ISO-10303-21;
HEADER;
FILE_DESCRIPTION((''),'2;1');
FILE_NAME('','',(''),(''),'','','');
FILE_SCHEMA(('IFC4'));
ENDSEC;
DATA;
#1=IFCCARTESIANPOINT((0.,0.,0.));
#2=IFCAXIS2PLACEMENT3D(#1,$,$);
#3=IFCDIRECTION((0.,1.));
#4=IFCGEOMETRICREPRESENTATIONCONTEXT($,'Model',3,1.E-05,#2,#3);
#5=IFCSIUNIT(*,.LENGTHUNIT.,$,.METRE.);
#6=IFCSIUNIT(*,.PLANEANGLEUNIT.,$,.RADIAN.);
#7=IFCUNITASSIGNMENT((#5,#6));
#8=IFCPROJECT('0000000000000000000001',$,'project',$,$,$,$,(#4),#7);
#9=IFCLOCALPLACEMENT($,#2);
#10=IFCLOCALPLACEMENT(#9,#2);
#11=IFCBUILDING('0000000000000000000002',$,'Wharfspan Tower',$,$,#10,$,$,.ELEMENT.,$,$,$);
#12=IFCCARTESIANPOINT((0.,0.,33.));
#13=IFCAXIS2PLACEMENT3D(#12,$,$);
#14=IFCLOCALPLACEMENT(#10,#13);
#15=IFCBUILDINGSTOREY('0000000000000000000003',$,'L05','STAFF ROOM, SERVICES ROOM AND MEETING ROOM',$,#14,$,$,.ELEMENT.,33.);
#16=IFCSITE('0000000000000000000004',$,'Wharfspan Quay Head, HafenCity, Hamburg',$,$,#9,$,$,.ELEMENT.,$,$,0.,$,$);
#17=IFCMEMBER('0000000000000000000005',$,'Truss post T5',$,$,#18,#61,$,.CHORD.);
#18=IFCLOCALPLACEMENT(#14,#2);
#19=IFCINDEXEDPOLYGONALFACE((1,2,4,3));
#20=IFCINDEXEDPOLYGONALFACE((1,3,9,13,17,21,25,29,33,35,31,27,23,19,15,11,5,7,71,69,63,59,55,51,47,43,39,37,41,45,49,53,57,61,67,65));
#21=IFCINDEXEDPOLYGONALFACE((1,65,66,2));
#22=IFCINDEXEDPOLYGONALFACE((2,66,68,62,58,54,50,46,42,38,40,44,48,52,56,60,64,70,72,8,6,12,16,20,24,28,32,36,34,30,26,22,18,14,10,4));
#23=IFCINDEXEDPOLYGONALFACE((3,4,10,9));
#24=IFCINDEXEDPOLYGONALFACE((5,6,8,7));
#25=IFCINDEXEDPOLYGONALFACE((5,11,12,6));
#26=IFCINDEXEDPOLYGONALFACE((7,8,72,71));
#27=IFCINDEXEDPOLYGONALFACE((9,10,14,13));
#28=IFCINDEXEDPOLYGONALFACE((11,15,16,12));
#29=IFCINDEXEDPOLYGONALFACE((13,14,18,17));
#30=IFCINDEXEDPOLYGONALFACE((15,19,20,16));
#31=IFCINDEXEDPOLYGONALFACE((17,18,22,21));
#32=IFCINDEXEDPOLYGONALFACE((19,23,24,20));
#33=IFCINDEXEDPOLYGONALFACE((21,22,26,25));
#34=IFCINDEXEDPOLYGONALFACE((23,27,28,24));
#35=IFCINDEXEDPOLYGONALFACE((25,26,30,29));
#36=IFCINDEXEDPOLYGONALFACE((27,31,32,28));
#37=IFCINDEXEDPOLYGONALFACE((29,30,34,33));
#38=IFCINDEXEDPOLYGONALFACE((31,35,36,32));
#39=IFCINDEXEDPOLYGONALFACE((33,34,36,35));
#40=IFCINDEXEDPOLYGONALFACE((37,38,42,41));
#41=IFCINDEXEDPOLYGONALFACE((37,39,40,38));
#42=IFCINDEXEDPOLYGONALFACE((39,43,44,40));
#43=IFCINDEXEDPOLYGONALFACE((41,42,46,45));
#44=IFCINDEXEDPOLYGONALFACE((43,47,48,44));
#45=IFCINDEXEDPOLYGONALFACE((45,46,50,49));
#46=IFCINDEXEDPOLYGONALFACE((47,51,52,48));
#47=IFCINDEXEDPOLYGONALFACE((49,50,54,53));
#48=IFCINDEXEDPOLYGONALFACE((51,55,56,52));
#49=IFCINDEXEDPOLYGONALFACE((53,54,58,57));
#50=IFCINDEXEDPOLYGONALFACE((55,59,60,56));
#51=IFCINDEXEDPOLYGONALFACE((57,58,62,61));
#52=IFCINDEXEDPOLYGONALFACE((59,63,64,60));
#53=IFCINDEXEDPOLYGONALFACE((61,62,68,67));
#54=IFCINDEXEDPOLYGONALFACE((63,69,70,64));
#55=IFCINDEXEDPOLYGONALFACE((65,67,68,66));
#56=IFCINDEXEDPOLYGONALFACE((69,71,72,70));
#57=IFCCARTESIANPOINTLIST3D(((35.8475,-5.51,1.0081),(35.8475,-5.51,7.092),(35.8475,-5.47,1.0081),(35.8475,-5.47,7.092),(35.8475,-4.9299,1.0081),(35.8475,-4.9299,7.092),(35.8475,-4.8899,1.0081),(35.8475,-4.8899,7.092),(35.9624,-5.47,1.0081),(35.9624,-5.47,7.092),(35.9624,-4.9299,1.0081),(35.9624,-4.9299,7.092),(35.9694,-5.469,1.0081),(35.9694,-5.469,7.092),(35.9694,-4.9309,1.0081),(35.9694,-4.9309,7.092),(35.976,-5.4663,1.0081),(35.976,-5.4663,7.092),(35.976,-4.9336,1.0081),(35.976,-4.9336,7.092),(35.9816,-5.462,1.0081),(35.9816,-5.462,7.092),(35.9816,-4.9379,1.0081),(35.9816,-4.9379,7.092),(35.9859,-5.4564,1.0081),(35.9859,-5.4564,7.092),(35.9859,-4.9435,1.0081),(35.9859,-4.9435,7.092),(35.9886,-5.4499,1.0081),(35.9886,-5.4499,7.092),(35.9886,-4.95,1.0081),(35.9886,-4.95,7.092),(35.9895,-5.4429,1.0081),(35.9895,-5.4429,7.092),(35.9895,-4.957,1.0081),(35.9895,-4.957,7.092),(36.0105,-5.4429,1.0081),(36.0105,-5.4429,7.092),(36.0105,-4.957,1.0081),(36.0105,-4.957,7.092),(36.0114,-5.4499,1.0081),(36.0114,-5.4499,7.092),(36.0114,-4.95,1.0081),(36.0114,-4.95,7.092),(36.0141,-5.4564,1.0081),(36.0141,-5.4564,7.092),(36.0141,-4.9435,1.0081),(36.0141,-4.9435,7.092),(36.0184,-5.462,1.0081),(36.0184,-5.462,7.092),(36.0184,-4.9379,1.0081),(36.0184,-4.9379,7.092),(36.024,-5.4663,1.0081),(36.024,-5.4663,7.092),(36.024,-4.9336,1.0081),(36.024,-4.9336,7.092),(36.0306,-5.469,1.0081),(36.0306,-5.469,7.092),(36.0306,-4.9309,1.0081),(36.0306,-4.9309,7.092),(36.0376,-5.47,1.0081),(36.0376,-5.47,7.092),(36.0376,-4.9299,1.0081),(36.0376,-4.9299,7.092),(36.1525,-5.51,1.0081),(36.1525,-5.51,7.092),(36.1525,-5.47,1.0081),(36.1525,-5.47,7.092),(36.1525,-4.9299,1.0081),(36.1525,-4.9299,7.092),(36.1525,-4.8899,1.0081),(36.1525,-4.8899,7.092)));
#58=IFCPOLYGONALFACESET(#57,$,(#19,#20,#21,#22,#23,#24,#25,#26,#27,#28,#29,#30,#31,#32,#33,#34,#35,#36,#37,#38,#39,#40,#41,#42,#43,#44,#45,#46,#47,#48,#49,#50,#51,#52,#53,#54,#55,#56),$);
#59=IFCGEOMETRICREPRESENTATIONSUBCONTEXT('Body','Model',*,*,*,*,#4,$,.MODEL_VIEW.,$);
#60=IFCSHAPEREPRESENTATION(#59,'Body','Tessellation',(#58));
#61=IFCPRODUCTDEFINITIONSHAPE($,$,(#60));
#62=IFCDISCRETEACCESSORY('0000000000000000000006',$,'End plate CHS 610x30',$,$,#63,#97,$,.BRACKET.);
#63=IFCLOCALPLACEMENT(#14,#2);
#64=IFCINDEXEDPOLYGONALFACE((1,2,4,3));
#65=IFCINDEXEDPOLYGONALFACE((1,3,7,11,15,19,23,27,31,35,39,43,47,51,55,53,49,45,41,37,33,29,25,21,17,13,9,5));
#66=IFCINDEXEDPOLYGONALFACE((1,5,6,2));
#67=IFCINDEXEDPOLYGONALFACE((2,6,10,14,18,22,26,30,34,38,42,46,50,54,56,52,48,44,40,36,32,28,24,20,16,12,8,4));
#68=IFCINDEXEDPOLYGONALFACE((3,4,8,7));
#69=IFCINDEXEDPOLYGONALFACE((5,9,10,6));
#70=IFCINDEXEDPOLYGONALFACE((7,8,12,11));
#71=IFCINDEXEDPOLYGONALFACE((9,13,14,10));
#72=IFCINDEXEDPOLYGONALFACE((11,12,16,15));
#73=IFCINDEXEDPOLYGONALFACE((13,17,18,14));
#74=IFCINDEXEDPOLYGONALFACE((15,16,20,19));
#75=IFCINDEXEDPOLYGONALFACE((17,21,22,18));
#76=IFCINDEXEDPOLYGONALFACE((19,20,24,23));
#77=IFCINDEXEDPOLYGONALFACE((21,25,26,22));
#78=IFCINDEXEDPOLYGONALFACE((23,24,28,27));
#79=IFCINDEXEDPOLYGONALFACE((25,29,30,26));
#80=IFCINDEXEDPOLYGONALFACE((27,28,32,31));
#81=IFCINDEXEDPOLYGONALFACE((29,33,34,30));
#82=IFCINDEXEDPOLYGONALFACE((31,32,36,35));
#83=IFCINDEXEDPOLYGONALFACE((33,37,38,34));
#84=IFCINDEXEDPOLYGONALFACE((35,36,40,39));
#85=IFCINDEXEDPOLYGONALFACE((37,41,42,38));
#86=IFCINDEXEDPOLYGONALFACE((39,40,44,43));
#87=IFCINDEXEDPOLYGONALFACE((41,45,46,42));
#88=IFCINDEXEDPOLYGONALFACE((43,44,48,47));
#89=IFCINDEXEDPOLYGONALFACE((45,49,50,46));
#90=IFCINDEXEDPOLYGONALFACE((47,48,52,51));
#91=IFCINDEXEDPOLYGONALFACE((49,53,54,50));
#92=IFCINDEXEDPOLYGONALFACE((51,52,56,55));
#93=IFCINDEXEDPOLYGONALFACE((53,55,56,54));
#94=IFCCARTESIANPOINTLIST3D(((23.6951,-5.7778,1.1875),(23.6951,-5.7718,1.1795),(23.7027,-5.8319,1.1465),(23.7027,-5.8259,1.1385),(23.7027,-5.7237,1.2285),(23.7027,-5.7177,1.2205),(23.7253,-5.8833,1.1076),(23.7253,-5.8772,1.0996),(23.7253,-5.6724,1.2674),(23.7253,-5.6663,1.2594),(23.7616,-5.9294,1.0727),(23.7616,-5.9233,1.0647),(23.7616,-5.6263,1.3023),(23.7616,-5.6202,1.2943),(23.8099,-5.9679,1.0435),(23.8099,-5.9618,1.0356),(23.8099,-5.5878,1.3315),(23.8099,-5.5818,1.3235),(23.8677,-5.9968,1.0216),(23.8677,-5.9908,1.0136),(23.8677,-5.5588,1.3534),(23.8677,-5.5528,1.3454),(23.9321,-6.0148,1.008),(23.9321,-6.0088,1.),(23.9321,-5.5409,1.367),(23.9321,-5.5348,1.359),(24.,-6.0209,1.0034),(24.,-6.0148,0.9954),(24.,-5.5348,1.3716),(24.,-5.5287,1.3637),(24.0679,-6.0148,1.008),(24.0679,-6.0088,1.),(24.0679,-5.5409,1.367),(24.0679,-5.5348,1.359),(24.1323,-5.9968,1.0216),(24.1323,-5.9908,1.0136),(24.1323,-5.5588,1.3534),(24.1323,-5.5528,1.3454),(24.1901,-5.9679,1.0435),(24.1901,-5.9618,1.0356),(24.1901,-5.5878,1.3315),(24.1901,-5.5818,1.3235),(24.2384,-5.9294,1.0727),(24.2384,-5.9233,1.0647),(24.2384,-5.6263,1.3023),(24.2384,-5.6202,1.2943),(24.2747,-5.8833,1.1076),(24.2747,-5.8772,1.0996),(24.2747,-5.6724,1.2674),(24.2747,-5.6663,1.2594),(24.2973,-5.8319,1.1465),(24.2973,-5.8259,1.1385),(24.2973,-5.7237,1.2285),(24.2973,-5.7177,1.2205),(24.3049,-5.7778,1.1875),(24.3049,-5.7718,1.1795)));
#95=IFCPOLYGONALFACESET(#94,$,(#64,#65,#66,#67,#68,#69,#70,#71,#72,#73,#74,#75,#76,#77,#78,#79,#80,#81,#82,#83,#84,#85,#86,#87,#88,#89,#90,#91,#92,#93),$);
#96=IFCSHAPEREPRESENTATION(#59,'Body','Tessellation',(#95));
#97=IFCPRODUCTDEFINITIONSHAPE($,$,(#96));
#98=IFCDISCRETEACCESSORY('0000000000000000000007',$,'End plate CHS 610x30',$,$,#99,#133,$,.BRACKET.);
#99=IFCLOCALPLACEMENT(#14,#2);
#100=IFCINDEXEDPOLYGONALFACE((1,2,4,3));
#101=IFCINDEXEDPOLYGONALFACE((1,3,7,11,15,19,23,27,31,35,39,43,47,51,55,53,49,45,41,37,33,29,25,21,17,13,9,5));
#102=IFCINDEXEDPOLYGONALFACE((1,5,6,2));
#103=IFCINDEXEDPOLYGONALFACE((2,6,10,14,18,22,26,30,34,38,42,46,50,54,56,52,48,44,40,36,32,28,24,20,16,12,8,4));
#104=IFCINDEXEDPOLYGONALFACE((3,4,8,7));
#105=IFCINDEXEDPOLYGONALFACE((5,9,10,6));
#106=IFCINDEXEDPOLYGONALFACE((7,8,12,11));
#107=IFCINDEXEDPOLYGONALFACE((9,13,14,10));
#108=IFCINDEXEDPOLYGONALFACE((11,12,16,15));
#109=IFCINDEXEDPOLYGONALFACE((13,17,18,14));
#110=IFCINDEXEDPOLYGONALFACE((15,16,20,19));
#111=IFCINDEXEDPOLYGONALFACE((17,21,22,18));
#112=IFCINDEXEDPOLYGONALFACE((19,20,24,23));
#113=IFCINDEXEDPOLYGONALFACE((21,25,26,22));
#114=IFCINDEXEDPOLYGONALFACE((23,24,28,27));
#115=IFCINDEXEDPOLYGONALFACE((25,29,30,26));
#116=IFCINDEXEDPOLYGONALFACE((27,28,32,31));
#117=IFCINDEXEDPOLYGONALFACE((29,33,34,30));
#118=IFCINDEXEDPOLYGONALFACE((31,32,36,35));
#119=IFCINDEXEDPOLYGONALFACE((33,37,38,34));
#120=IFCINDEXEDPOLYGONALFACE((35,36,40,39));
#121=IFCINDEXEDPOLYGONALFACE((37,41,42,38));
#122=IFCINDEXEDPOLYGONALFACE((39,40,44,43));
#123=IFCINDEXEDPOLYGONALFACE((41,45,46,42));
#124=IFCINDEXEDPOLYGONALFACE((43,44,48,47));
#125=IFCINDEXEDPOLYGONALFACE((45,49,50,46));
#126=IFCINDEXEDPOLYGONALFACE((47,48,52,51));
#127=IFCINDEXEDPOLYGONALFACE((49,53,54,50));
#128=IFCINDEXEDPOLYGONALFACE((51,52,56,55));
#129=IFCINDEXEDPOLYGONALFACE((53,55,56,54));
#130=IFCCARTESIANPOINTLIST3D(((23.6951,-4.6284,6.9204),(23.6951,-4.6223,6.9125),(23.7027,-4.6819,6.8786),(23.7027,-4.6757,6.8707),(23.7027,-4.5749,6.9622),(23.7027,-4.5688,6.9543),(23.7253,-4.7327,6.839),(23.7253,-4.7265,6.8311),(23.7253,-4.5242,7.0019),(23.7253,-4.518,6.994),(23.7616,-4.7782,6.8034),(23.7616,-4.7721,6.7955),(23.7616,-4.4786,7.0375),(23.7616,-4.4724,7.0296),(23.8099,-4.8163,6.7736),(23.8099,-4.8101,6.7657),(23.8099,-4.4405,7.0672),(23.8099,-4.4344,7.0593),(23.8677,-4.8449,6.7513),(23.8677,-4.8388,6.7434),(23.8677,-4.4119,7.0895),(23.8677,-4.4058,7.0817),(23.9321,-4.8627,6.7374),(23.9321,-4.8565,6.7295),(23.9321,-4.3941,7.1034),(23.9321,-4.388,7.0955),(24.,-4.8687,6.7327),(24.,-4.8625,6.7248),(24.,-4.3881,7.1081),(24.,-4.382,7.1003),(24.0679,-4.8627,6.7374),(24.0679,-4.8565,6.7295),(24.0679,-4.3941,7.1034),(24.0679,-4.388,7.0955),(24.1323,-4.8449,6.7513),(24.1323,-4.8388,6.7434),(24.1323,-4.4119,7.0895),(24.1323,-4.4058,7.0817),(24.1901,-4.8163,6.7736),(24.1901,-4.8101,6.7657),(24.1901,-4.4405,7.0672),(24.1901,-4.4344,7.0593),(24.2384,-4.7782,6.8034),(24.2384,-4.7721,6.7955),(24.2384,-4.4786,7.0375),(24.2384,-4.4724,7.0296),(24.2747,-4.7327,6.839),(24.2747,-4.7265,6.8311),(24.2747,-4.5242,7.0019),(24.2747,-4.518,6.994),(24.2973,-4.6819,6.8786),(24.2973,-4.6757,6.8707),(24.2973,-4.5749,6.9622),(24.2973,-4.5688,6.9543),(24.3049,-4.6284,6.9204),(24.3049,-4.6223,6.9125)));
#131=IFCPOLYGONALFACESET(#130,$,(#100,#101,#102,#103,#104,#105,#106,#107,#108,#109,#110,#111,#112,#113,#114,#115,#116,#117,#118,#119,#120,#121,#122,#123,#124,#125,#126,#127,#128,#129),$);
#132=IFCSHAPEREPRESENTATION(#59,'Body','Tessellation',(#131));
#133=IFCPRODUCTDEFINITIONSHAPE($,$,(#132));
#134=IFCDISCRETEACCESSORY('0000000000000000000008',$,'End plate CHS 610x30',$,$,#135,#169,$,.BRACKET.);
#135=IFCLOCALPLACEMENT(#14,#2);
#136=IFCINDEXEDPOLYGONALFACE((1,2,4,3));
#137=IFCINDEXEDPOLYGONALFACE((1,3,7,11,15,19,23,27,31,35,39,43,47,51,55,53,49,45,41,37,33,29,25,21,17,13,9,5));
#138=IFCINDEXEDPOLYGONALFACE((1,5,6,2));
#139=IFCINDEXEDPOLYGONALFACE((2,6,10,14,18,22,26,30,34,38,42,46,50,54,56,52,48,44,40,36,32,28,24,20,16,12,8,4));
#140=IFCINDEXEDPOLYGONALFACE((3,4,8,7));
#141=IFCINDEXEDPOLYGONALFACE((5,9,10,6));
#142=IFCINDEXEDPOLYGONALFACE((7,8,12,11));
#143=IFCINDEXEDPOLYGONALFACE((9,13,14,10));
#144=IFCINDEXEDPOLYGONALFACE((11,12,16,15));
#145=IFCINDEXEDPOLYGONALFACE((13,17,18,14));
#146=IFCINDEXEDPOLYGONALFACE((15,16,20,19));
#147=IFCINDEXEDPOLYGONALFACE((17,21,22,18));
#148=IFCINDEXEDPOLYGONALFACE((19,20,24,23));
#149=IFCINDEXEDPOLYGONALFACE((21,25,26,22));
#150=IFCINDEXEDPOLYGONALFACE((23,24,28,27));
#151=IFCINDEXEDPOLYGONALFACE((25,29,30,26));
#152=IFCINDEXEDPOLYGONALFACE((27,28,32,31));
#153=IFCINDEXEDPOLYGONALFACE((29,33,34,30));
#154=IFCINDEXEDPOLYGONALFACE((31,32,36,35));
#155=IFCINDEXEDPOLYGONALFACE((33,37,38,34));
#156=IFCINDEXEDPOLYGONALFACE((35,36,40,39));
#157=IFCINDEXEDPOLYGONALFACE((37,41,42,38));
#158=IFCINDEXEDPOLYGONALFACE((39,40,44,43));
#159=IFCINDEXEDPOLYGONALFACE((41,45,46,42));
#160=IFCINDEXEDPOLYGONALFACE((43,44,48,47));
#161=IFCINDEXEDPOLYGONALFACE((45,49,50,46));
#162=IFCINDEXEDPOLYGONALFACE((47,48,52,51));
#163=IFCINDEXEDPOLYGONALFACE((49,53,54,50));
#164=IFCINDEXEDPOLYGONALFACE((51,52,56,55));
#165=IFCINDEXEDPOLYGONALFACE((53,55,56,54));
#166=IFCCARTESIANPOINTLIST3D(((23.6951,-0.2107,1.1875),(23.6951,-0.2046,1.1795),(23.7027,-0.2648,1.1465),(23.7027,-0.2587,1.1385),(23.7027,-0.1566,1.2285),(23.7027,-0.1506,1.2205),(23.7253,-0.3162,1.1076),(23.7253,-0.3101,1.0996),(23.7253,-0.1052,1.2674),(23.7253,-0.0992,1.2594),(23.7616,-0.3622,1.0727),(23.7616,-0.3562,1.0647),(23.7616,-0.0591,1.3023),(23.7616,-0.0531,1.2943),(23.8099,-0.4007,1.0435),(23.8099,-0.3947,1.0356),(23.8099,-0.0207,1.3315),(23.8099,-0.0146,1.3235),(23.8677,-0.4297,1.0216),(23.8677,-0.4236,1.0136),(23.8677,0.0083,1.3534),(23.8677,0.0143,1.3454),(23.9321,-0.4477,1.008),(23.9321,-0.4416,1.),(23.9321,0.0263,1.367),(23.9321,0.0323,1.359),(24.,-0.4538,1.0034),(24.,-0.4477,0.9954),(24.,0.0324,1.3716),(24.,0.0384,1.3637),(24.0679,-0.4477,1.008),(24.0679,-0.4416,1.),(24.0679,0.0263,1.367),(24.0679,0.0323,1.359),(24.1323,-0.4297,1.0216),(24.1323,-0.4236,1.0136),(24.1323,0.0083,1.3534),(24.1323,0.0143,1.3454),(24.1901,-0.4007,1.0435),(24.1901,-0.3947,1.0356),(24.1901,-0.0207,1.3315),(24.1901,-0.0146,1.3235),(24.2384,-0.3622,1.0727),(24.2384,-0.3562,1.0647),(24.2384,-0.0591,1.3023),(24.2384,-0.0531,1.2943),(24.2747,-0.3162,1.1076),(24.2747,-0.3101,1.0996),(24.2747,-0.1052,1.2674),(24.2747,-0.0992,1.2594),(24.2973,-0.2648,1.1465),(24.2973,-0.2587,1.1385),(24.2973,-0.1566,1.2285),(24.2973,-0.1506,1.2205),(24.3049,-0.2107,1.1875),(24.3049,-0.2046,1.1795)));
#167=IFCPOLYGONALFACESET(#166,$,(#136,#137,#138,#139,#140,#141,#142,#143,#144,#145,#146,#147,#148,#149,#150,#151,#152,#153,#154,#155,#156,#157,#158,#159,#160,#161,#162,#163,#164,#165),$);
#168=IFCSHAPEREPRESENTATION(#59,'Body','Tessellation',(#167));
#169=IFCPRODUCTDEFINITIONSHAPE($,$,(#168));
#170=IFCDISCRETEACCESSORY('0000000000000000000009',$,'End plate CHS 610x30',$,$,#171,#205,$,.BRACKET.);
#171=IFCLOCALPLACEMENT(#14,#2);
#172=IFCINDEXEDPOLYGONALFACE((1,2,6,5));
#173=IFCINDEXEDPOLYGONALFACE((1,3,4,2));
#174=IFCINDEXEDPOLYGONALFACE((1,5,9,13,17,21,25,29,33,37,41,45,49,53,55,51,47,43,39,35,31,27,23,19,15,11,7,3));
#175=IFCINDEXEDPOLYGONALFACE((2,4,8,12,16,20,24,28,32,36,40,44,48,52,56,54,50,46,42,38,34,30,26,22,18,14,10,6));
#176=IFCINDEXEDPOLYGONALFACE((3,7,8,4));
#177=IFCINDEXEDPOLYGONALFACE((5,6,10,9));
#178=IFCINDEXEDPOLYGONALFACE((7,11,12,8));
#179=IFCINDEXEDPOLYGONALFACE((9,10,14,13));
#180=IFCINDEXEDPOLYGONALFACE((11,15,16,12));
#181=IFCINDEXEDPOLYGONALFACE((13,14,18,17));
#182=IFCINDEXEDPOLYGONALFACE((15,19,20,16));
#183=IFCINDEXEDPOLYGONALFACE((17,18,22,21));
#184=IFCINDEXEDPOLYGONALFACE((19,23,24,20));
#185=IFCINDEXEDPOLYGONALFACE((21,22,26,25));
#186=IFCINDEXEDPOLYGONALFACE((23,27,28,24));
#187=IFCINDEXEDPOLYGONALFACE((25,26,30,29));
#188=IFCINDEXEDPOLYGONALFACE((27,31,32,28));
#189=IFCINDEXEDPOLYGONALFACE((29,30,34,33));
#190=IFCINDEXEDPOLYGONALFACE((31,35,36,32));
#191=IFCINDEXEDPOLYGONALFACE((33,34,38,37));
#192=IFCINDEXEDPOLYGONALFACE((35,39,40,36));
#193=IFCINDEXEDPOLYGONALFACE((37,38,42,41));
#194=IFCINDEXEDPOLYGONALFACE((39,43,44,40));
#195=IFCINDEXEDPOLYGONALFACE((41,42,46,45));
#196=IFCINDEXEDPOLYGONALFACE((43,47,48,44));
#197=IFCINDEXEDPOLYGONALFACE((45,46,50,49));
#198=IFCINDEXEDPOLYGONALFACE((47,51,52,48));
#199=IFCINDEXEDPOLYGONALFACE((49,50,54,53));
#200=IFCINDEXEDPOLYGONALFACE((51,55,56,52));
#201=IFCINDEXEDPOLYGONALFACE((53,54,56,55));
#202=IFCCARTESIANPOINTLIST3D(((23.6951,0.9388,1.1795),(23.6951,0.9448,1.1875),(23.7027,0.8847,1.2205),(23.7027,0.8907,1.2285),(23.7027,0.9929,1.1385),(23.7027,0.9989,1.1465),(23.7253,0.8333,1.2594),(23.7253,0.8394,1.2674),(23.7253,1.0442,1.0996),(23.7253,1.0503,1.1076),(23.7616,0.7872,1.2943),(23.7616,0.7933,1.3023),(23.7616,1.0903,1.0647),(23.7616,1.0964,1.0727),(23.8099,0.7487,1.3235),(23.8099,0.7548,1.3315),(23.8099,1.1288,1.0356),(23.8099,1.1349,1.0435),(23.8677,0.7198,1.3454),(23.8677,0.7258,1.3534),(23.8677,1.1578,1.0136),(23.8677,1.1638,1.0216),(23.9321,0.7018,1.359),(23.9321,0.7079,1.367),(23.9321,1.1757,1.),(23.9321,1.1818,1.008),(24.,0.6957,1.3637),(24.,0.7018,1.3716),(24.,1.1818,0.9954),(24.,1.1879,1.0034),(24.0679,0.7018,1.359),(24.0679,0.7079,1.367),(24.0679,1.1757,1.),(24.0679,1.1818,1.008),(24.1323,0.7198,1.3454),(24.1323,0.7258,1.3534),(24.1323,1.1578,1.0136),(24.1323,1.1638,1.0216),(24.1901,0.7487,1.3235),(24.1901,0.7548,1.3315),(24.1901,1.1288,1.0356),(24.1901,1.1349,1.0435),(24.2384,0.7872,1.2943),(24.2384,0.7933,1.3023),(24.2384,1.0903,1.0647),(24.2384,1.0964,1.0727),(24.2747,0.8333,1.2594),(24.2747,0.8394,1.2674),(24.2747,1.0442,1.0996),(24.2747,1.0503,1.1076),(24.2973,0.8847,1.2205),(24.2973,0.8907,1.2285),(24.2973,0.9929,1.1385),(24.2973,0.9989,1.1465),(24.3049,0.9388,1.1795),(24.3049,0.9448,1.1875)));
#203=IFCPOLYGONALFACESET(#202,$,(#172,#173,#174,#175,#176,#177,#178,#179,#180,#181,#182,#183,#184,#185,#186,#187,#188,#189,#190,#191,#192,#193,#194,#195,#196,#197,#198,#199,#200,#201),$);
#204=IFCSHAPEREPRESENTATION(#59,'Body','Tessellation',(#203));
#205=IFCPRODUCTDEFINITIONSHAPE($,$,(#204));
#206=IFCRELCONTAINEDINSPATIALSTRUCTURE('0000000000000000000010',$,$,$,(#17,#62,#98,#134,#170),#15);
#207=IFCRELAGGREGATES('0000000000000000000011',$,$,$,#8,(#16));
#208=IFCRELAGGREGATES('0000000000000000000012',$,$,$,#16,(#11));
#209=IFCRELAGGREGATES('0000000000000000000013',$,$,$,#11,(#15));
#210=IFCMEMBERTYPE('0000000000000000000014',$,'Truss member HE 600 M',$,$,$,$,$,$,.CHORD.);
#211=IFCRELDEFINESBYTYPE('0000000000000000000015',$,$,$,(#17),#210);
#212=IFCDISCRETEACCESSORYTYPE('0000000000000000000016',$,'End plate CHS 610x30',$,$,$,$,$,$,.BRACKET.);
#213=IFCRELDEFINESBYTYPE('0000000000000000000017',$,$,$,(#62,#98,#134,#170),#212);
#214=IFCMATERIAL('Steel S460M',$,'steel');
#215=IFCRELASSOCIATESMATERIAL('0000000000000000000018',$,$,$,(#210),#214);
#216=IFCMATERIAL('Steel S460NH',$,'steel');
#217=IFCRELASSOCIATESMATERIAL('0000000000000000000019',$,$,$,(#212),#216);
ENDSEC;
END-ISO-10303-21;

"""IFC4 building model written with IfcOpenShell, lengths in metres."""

from ifc_helpers import new_model, si_unit, direction, frame, origin, origin_2d, place, context, subcontext, project, spatial, circle, i_section, extrude, material, material_profile, profile_set, type_object, element, save


model = new_model("IFC4")

# Units and contexts
model_context = context("Model", 3, precision=1e-05, world=origin(), true_north=direction((0.0, 1.0)))
body_context = subcontext(model_context, "Body", "Model", "MODEL_VIEW")
ifc_project = project(units=[si_unit("LENGTHUNIT", "METRE"), si_unit("PLANEANGLEUNIT", "RADIAN")], contexts=[model_context])

# Site, building, storey
site_placement = place(None, origin())
site = spatial("IfcSite", under=ifc_project, at=site_placement, Name="Wharfspan Quay Head, HafenCity, Hamburg", CompositionType="ELEMENT", RefElevation=0.0)
building_placement = place(site_placement, origin())
building = spatial("IfcBuilding", under=site, at=building_placement, Name="Wharfspan Tower", CompositionType="ELEMENT")
storey_placement = place(building_placement, frame((0.0, 0.0, 33.0)))
storey = spatial("IfcBuildingStorey", under=building, at=storey_placement, Name="L05", Description="STAFF ROOM, SERVICES ROOM AND MEETING ROOM", CompositionType="ELEMENT", Elevation=33.0)

# Member
ifc_material_1 = material(Name="Steel S460NH", Category="steel")
ifc_material_2 = material(Name="Steel S460M", Category="steel")
ifc_material_profile_1 = material_profile(ifc_material_2, i_section(OverallWidth=0.3049, OverallDepth=0.6201, WebThickness=0.021, FlangeThickness=0.04, FilletRadius=0.0271, at=origin_2d()))
ifc_profile_set_1 = profile_set([ifc_material_profile_1], Name="Steel S460M")
member_type_1 = type_object("IfcMemberType", Name="Truss member HE 600 M", PredefinedType="CHORD", material=ifc_profile_set_1)
for number, where, z_axis, x_axis, name in (
    (1, (36.0, -5.2, 1.0081), (0.0, 0.0, 1.0), (1.0, 0.0, 0.0), "Truss post T5"),
):
    element("IfcMember", number, at=place(storey_placement, frame(where, z_axis=z_axis, x_axis=x_axis)), inside=storey, type_object=member_type_1, Name=name, PredefinedType="CHORD", context=body_context, shape_type="SweptSolid", body=[
        extrude(i_section(OverallWidth=0.3049, OverallDepth=0.6201, WebThickness=0.021, FlangeThickness=0.04, FilletRadius=0.0271, at=origin_2d()), origin(), (0.0, 0.0, 1.0), 6.084),
    ])

# Discrete accessories
ifc_material_profile_2 = material_profile(ifc_material_1, circle(Radius=0.3049, at=origin_2d()))
ifc_profile_set_2 = profile_set([ifc_material_profile_2], Name="Steel S460NH")
discrete_accessory_type = type_object("IfcDiscreteAccessoryType", Name="End plate CHS 610x30", PredefinedType="BRACKET", material=ifc_profile_set_2)
for number, where, z_axis, x_axis, name in (
    (2, (24.0, -5.7778, 1.1875), (0.0, 0.603858, -0.797092), (-1.0, 0.0, 0.0), "End plate CHS 610x30"),
    (3, (24.0, -4.6284, 6.9204), (0.0, 0.615644, -0.788024), (-1.0, 0.0, 0.0), "End plate CHS 610x30"),
    (4, (24.0, -0.2107, 1.1875), (0.0, 0.603858, -0.797092), (-1.0, 0.0, 0.0), "End plate CHS 610x30"),
    (5, (24.0, 0.9448, 1.1875), (0.0, -0.603858, -0.797092), (1.0, 0.0, 0.0), "End plate CHS 610x30"),
):
    element("IfcDiscreteAccessory", number, at=place(storey_placement, frame(where, z_axis=z_axis, x_axis=x_axis)), inside=storey, type_object=discrete_accessory_type, Name=name, PredefinedType="BRACKET", context=body_context, shape_type="SweptSolid", body=[
        extrude(circle(Radius=0.3049, at=origin_2d()), origin(), (0.0, 0.0, 1.0), 0.01),
    ])

save(model, "model.ifc")
